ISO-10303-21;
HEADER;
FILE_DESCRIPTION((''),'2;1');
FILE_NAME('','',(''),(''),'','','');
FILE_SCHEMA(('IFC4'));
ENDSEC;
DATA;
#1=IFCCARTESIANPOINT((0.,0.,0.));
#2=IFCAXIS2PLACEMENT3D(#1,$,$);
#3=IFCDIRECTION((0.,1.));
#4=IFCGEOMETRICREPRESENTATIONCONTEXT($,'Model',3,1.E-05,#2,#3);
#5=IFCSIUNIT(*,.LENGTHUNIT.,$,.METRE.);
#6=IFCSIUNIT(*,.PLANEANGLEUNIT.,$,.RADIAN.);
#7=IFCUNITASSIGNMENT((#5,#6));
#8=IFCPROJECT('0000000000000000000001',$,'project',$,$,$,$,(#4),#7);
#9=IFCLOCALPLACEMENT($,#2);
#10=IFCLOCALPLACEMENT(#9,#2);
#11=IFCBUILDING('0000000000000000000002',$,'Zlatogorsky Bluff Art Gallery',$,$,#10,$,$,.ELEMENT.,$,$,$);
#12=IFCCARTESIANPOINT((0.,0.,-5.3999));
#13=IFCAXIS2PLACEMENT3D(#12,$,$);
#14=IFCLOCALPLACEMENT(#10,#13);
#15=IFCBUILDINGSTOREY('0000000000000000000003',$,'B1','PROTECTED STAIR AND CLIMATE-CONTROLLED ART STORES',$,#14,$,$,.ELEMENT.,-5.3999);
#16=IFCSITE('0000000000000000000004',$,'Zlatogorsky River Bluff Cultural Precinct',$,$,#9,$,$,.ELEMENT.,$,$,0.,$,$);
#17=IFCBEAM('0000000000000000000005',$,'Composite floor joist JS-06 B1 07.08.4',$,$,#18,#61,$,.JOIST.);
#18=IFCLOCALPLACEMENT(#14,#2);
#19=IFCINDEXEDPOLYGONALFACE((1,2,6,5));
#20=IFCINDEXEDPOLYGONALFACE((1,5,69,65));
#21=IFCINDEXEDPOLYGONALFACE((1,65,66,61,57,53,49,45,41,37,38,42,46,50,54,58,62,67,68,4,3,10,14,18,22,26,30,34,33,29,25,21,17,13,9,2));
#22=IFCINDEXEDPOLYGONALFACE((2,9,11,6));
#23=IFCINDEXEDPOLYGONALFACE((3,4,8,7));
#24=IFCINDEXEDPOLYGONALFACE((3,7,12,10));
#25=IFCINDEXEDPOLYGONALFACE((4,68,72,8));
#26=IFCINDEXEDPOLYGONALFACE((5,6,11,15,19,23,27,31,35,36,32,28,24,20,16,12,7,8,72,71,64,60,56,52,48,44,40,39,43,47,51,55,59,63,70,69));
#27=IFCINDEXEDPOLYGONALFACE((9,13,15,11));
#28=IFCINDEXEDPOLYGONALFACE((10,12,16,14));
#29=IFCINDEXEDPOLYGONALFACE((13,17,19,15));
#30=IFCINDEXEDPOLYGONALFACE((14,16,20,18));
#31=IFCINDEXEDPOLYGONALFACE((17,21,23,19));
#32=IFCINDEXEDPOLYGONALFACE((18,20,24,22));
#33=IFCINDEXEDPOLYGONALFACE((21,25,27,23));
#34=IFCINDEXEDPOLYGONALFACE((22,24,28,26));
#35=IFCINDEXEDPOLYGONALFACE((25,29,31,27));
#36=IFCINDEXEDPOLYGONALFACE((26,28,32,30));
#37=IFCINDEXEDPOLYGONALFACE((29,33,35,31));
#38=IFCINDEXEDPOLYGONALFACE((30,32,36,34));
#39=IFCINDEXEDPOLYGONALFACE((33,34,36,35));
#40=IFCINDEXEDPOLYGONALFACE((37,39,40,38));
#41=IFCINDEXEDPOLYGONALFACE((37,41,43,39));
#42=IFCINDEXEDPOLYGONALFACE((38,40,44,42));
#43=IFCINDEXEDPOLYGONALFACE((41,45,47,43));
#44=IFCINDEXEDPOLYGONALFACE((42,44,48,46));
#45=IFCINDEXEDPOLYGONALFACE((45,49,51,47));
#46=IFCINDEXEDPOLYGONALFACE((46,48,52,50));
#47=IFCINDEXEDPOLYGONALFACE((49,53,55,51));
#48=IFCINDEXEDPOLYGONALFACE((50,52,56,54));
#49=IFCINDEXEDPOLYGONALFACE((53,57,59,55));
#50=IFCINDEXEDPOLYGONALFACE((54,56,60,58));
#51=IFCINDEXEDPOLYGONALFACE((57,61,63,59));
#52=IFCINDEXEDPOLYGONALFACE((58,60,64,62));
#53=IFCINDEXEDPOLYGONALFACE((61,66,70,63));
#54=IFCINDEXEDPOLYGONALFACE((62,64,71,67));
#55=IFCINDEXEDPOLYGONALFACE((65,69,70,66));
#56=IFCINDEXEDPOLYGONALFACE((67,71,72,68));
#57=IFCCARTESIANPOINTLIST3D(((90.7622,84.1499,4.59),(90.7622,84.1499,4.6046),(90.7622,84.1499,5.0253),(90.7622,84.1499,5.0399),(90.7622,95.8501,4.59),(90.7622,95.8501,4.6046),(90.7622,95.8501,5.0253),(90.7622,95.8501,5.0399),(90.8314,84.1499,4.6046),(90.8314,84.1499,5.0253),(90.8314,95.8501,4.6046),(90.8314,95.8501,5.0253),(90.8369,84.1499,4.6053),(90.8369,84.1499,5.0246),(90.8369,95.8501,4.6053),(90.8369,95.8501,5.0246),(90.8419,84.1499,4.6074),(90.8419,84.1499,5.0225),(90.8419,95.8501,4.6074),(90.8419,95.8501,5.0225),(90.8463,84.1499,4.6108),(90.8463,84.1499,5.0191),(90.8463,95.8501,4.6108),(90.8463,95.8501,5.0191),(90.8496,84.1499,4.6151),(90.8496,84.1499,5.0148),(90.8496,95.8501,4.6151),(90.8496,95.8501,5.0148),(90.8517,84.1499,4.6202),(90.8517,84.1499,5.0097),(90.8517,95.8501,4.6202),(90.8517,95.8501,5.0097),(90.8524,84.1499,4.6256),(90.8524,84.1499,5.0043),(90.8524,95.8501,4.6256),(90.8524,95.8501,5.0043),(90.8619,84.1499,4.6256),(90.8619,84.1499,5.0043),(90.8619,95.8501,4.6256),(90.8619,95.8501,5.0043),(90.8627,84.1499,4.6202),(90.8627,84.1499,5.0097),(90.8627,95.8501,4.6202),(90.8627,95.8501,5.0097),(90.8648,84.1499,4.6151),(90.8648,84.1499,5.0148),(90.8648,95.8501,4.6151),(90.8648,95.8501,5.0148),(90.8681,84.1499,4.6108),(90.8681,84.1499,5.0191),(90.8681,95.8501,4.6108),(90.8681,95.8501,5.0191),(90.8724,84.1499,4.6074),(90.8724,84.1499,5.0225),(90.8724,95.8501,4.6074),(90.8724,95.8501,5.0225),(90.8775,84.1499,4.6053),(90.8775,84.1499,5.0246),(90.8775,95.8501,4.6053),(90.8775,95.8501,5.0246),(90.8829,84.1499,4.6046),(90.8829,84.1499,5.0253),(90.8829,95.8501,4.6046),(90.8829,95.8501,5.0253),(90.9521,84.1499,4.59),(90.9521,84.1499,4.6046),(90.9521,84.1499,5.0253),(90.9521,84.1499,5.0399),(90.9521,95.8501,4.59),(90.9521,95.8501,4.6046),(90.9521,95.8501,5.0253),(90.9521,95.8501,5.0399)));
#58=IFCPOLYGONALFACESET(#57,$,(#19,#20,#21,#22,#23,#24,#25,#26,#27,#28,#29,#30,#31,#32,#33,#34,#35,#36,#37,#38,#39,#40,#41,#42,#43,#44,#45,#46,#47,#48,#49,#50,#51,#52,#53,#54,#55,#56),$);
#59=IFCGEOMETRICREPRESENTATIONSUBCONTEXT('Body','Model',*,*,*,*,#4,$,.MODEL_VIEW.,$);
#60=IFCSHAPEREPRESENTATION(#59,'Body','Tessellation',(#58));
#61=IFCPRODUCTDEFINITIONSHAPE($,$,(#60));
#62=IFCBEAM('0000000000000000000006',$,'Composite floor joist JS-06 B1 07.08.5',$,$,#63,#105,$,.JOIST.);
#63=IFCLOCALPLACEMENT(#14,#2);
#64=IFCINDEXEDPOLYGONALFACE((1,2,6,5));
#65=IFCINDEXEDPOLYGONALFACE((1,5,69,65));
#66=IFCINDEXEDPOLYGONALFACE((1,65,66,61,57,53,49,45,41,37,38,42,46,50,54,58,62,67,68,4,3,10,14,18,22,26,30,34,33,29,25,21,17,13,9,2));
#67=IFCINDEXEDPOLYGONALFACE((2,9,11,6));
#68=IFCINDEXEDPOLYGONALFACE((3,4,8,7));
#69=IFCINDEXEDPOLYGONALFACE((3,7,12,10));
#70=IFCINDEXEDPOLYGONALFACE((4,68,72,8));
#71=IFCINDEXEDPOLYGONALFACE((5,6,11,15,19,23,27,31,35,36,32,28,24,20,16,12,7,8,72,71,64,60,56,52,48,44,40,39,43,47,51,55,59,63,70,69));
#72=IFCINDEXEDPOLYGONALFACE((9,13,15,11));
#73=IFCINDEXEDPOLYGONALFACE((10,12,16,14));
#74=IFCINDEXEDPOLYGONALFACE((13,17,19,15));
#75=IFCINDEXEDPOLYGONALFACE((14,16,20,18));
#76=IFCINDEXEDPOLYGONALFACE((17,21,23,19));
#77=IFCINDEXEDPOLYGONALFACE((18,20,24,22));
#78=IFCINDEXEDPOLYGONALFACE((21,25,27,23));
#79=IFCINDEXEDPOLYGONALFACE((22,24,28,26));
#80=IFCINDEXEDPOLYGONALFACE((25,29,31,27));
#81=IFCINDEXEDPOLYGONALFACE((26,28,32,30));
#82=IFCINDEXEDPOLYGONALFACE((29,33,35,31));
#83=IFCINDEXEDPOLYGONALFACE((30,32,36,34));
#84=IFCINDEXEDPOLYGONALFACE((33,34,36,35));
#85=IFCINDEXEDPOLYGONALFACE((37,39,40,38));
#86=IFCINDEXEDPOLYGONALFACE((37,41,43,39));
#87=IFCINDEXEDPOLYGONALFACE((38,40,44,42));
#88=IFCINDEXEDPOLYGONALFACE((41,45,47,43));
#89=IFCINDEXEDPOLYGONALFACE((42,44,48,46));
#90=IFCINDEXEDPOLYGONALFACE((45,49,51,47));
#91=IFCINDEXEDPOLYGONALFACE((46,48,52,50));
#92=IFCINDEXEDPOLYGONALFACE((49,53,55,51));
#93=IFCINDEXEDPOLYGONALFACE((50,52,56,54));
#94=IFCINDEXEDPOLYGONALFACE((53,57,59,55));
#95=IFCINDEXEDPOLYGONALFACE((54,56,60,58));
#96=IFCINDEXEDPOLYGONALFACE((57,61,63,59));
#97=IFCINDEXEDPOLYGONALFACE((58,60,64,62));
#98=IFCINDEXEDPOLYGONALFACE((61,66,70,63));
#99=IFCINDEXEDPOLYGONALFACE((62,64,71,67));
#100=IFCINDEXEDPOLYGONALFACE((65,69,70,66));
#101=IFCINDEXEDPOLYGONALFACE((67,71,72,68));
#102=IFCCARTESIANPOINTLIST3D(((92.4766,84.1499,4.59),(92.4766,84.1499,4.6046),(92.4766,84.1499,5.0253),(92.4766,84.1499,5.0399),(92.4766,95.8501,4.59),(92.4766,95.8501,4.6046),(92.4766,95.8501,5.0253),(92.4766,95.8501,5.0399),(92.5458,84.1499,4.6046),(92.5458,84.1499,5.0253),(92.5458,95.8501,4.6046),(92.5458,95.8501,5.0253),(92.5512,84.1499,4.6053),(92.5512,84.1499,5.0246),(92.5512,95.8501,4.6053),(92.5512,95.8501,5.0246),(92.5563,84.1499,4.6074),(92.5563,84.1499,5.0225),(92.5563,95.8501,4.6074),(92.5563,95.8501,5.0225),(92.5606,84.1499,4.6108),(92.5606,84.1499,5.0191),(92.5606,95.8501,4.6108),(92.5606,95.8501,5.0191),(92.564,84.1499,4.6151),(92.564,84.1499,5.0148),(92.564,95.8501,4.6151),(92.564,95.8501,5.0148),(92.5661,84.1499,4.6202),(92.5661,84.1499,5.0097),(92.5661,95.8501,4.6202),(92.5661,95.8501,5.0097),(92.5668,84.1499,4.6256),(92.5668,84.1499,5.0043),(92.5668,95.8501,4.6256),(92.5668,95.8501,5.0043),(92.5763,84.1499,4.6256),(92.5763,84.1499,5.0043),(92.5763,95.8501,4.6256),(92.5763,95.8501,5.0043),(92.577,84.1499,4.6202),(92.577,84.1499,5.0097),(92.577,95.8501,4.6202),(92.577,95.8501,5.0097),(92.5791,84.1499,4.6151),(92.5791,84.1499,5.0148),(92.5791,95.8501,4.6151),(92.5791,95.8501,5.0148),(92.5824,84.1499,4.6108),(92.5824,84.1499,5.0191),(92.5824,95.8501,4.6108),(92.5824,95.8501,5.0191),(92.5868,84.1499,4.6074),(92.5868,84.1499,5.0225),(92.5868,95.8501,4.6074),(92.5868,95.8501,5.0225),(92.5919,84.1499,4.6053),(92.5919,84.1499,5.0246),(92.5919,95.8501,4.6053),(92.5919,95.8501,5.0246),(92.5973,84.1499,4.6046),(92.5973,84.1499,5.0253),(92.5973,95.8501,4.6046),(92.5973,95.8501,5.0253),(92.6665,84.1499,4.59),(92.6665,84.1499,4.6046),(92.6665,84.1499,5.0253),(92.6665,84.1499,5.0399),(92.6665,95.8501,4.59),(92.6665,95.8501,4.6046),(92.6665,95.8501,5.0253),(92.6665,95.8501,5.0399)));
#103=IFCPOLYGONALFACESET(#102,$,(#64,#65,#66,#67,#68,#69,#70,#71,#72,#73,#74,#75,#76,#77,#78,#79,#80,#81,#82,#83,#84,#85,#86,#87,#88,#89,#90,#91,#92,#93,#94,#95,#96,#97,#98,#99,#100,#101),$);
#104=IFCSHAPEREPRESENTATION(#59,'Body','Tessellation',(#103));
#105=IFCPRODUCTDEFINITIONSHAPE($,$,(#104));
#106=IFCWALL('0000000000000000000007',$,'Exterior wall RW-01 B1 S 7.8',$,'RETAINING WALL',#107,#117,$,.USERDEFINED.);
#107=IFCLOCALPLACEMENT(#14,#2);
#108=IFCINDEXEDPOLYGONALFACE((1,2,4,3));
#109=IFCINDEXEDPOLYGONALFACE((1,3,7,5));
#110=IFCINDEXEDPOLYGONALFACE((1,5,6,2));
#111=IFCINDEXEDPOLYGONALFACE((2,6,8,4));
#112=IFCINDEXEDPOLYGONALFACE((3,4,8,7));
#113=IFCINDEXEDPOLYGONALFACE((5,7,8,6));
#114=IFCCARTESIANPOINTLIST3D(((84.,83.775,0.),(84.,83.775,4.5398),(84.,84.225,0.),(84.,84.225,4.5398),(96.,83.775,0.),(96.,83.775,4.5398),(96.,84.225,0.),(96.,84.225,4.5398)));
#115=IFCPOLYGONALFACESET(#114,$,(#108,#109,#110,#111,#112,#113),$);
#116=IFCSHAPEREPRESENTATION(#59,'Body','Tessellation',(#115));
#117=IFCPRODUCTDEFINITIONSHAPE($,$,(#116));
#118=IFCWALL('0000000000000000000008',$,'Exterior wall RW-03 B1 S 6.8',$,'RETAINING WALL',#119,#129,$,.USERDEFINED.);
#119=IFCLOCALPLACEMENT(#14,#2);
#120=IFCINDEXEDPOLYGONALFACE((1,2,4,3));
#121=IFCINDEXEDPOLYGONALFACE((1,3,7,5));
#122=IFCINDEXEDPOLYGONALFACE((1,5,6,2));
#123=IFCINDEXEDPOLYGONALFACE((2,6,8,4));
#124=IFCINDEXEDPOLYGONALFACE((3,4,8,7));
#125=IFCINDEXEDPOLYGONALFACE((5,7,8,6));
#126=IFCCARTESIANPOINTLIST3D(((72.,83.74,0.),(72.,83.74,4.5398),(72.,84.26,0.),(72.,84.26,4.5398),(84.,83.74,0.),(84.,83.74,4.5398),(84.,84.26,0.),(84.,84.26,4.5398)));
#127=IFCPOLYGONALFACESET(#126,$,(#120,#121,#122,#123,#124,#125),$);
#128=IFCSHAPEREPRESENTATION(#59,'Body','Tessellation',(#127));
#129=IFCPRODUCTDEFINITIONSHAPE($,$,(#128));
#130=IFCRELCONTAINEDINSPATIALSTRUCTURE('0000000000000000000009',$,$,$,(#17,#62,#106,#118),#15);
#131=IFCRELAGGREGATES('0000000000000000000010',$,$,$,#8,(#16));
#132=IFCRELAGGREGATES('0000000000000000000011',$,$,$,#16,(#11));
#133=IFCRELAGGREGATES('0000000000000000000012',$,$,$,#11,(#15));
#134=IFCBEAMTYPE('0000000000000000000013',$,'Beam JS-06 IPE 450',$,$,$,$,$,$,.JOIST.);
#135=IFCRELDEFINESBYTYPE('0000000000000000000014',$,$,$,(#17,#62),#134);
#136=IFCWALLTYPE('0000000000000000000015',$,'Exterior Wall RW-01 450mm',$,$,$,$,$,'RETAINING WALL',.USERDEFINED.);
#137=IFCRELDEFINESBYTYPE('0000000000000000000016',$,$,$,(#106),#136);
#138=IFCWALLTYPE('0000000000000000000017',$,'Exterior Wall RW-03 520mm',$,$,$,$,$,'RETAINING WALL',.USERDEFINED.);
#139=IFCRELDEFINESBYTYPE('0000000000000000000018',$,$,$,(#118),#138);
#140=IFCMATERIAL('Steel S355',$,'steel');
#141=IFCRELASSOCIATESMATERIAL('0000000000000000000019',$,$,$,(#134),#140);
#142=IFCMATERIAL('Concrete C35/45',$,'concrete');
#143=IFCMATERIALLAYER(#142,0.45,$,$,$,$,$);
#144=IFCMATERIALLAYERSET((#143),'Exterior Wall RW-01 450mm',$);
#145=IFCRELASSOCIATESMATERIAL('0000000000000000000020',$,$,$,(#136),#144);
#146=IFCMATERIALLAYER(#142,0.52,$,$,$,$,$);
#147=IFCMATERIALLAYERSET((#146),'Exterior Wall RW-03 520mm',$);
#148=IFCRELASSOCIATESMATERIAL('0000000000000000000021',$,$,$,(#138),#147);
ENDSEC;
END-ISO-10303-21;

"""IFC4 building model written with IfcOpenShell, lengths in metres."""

from ifc_helpers import new_model, si_unit, direction, frame, frame_2d, origin, origin_2d, place, context, subcontext, project, spatial, rectangle, i_section, extrude, material, layer, layer_set, material_profile, profile_set, type_object, element, save


model = new_model("IFC4")

# Units and contexts
model_context = context("Model", 3, precision=1e-05, world=origin(), true_north=direction((0.0, 1.0)))
body_context = subcontext(model_context, "Body", "Model", "MODEL_VIEW")
ifc_project = project(units=[si_unit("LENGTHUNIT", "METRE"), si_unit("PLANEANGLEUNIT", "RADIAN")], contexts=[model_context])

# Site, building, storey
site_placement = place(None, origin())
site = spatial("IfcSite", under=ifc_project, at=site_placement, Name="Zlatogorsky River Bluff Cultural Precinct", CompositionType="ELEMENT", RefElevation=0.0)
building_placement = place(site_placement, origin())
building = spatial("IfcBuilding", under=site, at=building_placement, Name="Zlatogorsky Bluff Art Gallery", CompositionType="ELEMENT")
storey_placement = place(building_placement, frame((0.0, 0.0, -5.3999)))
storey = spatial("IfcBuildingStorey", under=building, at=storey_placement, Name="B1", Description="PROTECTED STAIR AND CLIMATE-CONTROLLED ART STORES", CompositionType="ELEMENT", Elevation=-5.3999)

# Shared definitions
ifc_material_1 = material(Name="Concrete C35/45", Category="concrete")

# Shared definitions
ifc_material_2 = material(Name="Steel S355", Category="steel")

# Beams
ifc_material_profile_1 = material_profile(ifc_material_2, i_section(OverallWidth=0.1899, OverallDepth=0.45, WebThickness=0.0095, FlangeThickness=0.0146, FilletRadius=0.021, at=origin_2d()), Name="IPE 450")
ifc_profile_set_1 = profile_set([ifc_material_profile_1], Name="Steel S355")
beam_type_1 = type_object("IfcBeamType", Name="Beam JS-06 IPE 450", PredefinedType="JOIST", material=ifc_profile_set_1)
for number, where, z_axis, x_axis, name in (
    (1, (90.8572, 84.1499, 4.8149), (0.0, 1.0, 0.0), (-1.0, 0.0, 0.0), "Composite floor joist JS-06 B1 07.08.4"),
    (2, (92.5715, 84.1499, 4.8149), (0.0, 1.0, 0.0), (-1.0, 0.0, 0.0), "Composite floor joist JS-06 B1 07.08.5"),
):
    element("IfcBeam", number, at=place(storey_placement, frame(where, z_axis=z_axis, x_axis=x_axis)), inside=storey, type_object=beam_type_1, Name=name, PredefinedType="JOIST", context=body_context, shape_type="SweptSolid", body=[
        extrude(i_section(OverallWidth=0.1899, OverallDepth=0.45, WebThickness=0.0095, FlangeThickness=0.0146, FilletRadius=0.021, at=origin_2d()), origin(), (0.0, 0.0, 1.0), 11.7002),
    ])

# Walls
ifc_layer_1 = layer(ifc_material_1, 0.45)
ifc_layer_set_1 = layer_set([ifc_layer_1], Name="Exterior Wall RW-01 450mm")
wall_type_1 = type_object("IfcWallType", Name="Exterior Wall RW-01 450mm", ElementType="RETAINING WALL", PredefinedType="USERDEFINED", material=ifc_layer_set_1)
wall_1_placement = place(storey_placement, frame((84.0, 84.0, 0.0), z_axis=(0.0, 0.0, 1.0), x_axis=(1.0, 0.0, 0.0)))
element("IfcWall", 3, at=wall_1_placement, inside=storey, type_object=wall_type_1, Name="Exterior wall RW-01 B1 S 7.8", ObjectType="RETAINING WALL", PredefinedType="USERDEFINED", context=body_context, shape_type="SweptSolid", body=[
    extrude(rectangle(XDim=12.0, YDim=0.45, at=frame_2d((6.0, 0.0))), origin(), (0.0, 0.0, 1.0), 4.5398),
])
ifc_layer_2 = layer(ifc_material_1, 0.52)
ifc_layer_set_2 = layer_set([ifc_layer_2], Name="Exterior Wall RW-03 520mm")
wall_type_2 = type_object("IfcWallType", Name="Exterior Wall RW-03 520mm", ElementType="RETAINING WALL", PredefinedType="USERDEFINED", material=ifc_layer_set_2)
wall_2_placement = place(storey_placement, frame((72.0, 84.0, 0.0), z_axis=(0.0, 0.0, 1.0), x_axis=(1.0, 0.0, 0.0)))
element("IfcWall", 4, at=wall_2_placement, inside=storey, type_object=wall_type_2, Name="Exterior wall RW-03 B1 S 6.8", ObjectType="RETAINING WALL", PredefinedType="USERDEFINED", context=body_context, shape_type="SweptSolid", body=[
    extrude(rectangle(XDim=12.0, YDim=0.52, at=frame_2d((6.0, 0.0))), origin(), (0.0, 0.0, 1.0), 4.5398),
])

save(model, "model.ifc")
